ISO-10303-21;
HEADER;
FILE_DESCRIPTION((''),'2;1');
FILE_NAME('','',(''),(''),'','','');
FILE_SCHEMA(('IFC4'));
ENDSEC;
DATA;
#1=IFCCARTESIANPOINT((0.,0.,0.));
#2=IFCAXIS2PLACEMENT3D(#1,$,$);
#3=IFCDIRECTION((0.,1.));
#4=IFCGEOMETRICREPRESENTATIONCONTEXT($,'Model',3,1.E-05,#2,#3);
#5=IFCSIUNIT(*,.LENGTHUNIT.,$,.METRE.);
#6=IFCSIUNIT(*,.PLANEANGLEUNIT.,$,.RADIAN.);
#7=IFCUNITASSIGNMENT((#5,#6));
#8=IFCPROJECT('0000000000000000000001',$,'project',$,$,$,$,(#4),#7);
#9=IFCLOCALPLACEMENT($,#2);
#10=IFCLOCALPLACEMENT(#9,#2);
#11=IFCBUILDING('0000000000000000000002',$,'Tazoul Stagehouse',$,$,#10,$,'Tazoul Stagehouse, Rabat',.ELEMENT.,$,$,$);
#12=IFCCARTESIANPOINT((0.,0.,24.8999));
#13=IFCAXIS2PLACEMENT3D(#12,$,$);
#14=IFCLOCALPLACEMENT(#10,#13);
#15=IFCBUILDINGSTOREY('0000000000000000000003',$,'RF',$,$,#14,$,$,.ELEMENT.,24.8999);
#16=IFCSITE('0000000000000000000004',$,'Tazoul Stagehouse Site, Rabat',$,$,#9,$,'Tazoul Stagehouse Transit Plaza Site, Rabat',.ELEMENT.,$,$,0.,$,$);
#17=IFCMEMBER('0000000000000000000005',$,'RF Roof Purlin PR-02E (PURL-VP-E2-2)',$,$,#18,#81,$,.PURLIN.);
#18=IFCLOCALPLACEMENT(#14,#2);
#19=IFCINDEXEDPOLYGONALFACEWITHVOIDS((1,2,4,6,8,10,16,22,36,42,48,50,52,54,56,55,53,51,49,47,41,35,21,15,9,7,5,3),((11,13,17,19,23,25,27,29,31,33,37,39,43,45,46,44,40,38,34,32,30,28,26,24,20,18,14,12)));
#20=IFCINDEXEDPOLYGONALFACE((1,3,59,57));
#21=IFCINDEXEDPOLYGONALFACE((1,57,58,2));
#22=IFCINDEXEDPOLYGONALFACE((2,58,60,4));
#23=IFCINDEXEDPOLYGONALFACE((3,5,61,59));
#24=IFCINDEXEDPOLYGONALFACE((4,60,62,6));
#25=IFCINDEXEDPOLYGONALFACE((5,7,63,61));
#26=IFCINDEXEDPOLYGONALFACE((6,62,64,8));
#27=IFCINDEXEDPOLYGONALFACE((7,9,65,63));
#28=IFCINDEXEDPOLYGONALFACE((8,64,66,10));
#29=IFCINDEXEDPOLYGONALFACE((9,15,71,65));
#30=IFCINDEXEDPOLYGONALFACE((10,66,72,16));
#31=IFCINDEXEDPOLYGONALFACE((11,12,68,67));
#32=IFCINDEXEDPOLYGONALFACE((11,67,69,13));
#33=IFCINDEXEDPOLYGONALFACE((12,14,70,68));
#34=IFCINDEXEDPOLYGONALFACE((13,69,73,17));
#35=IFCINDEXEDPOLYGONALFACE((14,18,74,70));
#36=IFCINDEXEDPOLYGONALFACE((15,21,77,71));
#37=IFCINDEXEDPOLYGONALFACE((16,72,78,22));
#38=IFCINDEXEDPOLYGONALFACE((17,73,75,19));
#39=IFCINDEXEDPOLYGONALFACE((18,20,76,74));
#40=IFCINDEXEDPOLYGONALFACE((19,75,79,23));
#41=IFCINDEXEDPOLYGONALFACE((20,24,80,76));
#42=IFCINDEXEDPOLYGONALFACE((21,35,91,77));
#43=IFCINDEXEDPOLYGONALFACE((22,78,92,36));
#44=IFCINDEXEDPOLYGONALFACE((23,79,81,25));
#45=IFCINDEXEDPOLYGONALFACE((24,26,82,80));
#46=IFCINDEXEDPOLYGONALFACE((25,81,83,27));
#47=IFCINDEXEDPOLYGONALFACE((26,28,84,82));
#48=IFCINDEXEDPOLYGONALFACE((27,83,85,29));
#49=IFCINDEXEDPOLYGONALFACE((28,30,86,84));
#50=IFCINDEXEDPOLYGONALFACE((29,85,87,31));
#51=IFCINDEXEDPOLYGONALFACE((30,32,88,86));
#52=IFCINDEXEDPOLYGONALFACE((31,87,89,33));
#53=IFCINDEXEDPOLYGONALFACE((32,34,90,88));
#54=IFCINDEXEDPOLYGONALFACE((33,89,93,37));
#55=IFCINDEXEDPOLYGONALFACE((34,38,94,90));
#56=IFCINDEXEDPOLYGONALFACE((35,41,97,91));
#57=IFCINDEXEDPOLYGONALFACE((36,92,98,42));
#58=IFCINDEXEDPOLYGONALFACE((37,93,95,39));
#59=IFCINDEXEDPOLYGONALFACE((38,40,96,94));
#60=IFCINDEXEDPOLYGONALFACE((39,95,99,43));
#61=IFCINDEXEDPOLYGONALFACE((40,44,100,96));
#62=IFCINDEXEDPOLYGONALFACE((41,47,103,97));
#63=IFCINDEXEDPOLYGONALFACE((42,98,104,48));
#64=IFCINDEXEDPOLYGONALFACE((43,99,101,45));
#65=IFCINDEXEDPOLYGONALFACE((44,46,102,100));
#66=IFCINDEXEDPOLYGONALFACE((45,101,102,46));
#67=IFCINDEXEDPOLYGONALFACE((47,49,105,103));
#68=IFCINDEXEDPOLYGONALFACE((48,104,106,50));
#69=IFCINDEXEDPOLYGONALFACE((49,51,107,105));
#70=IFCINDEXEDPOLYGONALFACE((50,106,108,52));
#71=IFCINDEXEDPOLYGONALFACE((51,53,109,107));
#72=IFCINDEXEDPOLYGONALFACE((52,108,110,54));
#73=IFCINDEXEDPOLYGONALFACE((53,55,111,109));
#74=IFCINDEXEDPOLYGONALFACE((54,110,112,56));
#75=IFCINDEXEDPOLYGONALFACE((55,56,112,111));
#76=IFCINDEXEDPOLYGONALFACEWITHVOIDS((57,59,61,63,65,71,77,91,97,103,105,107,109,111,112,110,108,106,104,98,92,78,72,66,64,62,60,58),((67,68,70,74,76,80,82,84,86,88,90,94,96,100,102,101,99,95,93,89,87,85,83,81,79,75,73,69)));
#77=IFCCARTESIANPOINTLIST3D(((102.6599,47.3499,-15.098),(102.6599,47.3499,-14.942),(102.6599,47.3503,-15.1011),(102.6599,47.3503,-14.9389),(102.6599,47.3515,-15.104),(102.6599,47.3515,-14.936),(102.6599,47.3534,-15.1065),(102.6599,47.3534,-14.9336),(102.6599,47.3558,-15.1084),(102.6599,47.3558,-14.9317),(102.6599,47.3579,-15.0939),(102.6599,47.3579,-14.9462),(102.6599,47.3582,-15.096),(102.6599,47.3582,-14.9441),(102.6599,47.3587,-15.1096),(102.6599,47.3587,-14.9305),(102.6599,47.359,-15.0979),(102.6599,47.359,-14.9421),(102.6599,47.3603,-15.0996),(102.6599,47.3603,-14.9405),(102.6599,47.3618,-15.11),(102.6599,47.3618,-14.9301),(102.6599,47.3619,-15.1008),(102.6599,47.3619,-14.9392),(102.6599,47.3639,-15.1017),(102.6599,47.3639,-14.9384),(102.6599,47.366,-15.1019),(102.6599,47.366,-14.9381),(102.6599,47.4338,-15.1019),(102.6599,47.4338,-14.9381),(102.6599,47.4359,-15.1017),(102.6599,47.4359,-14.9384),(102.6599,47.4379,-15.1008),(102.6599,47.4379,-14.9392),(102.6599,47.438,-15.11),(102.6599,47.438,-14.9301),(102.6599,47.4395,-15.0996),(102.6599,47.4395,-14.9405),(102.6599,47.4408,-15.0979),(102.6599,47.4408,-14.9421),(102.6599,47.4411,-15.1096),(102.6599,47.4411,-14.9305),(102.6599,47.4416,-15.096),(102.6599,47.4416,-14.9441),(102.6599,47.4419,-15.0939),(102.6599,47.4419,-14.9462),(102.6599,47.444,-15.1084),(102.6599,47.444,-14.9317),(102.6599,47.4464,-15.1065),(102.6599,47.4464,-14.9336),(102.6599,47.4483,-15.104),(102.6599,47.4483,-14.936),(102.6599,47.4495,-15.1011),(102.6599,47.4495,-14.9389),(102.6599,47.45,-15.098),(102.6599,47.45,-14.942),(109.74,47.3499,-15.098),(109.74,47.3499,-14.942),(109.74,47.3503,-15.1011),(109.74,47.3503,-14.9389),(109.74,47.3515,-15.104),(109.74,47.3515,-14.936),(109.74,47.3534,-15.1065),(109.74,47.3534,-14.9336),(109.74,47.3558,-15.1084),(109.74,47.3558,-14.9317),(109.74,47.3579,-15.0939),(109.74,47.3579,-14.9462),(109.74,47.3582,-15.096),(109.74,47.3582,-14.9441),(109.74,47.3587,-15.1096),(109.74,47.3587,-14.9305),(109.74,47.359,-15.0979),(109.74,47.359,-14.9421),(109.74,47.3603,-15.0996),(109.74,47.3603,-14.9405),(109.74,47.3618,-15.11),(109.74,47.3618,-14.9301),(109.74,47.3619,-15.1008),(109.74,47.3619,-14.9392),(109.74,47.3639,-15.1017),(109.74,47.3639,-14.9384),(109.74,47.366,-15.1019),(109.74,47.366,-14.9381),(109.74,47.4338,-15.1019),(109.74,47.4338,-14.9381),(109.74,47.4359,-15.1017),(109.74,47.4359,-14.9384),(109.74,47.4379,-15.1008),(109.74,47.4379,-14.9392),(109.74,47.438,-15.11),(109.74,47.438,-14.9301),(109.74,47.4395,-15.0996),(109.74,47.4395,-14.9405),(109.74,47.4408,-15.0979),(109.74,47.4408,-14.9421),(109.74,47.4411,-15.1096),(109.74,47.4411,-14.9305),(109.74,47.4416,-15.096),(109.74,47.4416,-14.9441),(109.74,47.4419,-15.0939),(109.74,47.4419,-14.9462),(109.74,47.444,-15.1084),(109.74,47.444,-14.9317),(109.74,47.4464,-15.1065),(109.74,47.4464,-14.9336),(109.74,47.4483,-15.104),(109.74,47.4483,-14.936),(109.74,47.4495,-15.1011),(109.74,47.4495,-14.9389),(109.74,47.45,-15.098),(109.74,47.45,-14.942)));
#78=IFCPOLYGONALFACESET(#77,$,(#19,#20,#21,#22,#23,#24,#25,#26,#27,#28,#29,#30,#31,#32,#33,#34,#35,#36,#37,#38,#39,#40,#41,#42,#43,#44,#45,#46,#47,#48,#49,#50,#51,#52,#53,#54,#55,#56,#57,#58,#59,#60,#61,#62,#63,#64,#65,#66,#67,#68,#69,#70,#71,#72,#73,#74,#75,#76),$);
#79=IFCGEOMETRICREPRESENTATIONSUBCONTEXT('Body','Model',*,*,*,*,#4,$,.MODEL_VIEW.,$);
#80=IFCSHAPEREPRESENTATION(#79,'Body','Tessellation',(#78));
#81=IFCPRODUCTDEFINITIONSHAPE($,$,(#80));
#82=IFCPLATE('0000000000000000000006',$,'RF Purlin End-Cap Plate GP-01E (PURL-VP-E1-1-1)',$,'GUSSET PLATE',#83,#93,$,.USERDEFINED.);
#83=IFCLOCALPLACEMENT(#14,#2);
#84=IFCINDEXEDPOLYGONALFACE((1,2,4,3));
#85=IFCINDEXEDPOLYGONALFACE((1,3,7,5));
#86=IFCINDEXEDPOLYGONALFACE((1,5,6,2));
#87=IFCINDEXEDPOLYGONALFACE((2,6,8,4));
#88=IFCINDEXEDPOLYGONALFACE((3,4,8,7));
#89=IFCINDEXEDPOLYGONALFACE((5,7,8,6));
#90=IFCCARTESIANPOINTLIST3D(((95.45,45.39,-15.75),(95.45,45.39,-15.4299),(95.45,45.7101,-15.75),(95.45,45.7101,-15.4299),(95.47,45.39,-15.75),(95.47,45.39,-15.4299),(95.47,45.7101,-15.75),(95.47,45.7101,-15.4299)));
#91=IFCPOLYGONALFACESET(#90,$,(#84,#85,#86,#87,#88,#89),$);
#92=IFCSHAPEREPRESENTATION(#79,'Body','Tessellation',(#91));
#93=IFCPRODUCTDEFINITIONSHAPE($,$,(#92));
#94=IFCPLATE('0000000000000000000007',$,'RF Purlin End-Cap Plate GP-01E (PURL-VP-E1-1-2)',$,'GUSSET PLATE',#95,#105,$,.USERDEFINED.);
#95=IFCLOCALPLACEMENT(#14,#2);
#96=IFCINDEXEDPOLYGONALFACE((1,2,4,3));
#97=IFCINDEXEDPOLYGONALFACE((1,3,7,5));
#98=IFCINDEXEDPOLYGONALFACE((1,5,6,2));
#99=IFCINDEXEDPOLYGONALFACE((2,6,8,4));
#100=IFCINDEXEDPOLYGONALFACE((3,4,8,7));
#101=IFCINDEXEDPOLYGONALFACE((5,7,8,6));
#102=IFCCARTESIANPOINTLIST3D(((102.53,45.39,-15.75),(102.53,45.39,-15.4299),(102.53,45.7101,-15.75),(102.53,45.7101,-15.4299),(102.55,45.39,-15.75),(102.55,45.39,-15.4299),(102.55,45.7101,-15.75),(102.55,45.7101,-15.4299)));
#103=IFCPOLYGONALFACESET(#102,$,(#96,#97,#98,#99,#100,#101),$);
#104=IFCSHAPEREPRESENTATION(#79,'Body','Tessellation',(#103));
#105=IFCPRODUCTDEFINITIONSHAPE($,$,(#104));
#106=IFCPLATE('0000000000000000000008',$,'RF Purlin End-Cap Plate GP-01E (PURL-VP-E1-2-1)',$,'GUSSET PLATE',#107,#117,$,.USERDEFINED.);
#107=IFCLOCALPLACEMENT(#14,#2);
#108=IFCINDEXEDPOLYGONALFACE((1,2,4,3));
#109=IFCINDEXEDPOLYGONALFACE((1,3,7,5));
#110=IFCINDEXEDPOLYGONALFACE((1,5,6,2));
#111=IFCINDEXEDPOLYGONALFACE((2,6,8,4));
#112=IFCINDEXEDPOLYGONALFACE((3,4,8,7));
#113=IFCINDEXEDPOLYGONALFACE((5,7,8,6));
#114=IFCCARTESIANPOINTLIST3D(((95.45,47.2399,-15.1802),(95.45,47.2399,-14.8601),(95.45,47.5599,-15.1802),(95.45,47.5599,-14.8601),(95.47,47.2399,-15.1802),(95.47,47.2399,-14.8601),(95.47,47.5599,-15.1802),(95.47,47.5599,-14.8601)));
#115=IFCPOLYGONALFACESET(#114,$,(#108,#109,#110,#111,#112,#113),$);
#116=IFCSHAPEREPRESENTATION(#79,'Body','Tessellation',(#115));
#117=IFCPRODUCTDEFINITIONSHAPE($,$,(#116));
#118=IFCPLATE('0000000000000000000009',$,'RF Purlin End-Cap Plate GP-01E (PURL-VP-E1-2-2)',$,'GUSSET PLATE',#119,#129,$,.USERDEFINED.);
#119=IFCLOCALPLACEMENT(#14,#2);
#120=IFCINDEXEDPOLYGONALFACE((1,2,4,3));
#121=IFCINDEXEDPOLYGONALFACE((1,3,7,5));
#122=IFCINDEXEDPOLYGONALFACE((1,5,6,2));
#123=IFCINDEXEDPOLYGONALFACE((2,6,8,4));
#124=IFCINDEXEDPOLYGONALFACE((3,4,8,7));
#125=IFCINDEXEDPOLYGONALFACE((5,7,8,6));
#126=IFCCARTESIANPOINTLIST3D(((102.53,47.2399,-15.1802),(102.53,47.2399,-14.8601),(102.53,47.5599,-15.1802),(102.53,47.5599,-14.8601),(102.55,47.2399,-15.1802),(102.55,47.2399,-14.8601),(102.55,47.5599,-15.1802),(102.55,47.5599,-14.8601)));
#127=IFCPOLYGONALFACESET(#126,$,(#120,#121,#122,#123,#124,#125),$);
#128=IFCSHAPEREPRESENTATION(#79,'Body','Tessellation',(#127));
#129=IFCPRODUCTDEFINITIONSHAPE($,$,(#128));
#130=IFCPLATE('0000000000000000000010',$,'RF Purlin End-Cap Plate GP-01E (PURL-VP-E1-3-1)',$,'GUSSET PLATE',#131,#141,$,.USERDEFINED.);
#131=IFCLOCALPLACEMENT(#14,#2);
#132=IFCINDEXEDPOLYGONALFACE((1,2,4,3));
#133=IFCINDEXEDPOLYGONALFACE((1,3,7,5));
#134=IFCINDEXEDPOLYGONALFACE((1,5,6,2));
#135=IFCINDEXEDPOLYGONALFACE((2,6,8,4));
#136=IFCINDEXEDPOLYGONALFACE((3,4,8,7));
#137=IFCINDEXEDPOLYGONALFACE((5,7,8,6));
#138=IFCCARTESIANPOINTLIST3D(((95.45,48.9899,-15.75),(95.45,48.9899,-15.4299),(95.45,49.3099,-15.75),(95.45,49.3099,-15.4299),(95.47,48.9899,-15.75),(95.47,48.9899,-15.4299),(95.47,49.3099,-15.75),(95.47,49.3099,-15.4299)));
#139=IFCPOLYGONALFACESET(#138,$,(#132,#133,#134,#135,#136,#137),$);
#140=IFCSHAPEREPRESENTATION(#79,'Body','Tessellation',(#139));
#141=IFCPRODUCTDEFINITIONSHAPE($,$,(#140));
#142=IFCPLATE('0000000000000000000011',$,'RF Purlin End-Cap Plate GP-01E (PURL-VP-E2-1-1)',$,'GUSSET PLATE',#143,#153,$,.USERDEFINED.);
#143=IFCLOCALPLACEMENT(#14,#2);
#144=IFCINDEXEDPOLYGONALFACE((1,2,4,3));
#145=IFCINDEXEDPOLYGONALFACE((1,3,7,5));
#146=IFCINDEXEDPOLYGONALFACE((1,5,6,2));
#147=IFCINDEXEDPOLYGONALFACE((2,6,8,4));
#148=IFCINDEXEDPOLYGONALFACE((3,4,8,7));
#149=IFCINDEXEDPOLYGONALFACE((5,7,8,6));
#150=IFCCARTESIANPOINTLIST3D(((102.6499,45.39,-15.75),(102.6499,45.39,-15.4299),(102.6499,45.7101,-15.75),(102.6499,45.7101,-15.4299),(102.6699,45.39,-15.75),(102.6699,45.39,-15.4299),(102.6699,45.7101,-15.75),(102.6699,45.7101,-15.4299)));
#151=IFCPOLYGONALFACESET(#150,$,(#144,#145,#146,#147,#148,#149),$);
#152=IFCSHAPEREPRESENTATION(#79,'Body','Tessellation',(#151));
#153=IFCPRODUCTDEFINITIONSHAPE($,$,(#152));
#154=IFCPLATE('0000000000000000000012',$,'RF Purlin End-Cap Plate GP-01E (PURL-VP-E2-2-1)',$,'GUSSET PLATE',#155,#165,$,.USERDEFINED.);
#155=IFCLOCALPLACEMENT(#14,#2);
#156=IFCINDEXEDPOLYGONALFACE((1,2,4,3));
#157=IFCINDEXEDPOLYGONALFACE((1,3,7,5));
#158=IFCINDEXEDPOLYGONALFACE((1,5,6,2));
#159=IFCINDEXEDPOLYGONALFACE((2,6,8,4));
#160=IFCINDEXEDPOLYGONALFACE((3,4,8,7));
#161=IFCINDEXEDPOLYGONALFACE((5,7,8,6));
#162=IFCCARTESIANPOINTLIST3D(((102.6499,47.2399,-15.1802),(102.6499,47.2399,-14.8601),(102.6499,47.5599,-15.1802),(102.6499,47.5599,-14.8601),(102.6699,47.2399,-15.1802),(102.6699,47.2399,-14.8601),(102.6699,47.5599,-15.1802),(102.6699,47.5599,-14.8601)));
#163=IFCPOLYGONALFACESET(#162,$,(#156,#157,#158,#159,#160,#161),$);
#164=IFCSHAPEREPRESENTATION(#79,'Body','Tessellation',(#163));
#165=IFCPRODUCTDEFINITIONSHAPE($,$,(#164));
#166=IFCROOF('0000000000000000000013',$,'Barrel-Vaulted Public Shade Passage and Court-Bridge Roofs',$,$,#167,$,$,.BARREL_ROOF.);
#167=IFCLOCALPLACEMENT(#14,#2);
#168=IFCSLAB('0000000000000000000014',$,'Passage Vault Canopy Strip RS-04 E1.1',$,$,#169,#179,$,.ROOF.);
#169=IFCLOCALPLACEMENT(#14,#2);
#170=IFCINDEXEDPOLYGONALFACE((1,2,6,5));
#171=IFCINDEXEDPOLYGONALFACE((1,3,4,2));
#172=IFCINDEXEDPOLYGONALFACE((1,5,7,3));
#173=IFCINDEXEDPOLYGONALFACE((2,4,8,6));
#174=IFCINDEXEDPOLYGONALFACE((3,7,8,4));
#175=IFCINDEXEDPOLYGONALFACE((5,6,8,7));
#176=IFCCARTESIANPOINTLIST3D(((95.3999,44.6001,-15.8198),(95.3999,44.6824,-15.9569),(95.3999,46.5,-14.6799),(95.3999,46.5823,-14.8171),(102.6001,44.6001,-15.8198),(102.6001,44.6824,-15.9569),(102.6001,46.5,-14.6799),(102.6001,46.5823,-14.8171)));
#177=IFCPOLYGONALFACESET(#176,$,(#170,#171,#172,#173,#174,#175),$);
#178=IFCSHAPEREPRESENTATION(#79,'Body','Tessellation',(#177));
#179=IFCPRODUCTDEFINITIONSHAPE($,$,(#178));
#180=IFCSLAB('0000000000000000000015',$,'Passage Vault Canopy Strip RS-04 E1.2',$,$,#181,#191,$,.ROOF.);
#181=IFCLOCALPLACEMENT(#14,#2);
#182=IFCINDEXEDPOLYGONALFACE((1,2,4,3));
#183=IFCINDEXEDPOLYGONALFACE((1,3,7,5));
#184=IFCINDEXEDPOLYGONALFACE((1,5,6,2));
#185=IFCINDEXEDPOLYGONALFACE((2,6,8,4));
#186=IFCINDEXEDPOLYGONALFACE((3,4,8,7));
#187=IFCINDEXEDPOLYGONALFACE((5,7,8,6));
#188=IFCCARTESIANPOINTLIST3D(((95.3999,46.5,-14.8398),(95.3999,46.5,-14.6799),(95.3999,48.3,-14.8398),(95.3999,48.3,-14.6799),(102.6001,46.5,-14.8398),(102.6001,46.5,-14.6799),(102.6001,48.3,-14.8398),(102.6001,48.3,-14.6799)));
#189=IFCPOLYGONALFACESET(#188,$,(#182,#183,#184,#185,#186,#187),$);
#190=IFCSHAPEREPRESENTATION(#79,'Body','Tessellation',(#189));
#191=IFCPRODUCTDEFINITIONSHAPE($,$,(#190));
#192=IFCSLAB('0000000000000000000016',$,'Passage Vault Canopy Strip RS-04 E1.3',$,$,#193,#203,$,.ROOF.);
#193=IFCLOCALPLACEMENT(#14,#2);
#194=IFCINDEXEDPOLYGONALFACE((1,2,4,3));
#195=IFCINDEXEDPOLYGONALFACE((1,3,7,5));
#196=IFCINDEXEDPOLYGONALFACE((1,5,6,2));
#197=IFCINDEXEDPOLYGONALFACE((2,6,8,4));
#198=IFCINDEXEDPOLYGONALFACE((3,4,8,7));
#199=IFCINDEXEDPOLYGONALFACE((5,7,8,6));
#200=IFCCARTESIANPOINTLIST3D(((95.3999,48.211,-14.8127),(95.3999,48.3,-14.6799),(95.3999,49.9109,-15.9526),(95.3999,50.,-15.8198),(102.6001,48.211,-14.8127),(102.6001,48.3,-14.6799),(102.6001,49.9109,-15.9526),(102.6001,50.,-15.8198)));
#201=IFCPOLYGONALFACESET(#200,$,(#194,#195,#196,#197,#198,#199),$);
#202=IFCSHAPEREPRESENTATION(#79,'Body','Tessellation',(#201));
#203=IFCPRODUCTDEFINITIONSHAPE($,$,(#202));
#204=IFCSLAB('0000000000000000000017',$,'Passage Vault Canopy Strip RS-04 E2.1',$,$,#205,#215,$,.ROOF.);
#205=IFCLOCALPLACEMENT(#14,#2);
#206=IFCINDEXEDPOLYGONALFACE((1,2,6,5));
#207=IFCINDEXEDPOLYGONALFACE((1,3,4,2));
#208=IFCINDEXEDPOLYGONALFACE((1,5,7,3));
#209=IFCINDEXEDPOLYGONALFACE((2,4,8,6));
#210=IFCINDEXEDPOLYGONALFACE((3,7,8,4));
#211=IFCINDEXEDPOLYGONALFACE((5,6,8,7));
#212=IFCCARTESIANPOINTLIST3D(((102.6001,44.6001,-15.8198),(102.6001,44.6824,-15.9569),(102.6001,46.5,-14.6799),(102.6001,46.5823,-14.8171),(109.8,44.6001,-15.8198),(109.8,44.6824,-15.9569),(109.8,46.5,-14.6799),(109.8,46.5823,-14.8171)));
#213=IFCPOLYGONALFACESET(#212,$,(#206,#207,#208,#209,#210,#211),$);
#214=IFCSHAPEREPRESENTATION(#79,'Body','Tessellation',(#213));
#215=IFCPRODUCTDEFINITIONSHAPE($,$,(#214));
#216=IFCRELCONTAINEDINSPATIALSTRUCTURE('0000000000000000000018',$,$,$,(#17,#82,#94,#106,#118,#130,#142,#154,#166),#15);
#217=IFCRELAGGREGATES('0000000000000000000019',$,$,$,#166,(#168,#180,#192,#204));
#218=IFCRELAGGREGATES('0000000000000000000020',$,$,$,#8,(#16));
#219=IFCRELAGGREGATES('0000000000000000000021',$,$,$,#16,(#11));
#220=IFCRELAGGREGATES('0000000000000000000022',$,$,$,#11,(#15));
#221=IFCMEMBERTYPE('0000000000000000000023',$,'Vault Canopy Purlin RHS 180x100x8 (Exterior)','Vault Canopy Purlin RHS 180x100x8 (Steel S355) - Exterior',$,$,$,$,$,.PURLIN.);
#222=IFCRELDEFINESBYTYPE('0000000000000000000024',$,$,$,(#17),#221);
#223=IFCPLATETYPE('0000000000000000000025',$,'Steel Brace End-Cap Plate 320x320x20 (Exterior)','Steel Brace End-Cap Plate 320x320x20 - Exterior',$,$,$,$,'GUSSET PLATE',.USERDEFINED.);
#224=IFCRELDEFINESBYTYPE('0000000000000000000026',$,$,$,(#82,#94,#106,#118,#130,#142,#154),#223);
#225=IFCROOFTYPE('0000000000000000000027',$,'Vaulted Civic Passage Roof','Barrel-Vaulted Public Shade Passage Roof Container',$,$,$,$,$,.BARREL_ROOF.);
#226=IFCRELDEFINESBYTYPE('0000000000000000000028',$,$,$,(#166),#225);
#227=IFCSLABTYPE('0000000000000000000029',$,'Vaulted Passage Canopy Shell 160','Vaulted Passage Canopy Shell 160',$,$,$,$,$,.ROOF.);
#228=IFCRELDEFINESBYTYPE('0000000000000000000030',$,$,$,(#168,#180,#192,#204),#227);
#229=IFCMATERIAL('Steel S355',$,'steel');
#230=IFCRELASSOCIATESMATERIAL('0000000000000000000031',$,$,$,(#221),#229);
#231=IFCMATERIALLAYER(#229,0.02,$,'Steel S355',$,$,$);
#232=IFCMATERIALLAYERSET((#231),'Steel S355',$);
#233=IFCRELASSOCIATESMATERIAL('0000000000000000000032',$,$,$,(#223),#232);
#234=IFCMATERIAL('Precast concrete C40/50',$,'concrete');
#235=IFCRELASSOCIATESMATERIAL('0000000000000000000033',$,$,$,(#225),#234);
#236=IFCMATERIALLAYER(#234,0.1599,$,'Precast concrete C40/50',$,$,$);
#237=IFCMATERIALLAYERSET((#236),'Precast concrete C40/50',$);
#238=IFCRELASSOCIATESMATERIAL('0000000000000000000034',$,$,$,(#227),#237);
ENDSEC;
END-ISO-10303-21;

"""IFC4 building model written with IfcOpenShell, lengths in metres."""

from ifc_helpers import new_model, si_unit, direction, frame, origin, origin_2d, place, context, subcontext, project, spatial, polyline, rectangle, hollow_rectangle, outline, extrude, material, layer, layer_set, material_profile, profile_set, type_object, element, aggregate, save


model = new_model("IFC4")

# Units and contexts
model_context = context("Model", 3, precision=1e-05, world=origin(), true_north=direction((0.0, 1.0)))
body_context = subcontext(model_context, "Body", "Model", "MODEL_VIEW")
ifc_project = project(units=[si_unit("LENGTHUNIT", "METRE"), si_unit("PLANEANGLEUNIT", "RADIAN")], contexts=[model_context])

# Site, building, storey
site_placement = place(None, origin())
site = spatial("IfcSite", under=ifc_project, at=site_placement, Name="Tazoul Stagehouse Site, Rabat", LongName="Tazoul Stagehouse Transit Plaza Site, Rabat", CompositionType="ELEMENT", RefElevation=0.0)
building_placement = place(site_placement, origin())
building = spatial("IfcBuilding", under=site, at=building_placement, Name="Tazoul Stagehouse", LongName="Tazoul Stagehouse, Rabat", CompositionType="ELEMENT")
storey_placement = place(building_placement, frame((0.0, 0.0, 24.8999)))
storey = spatial("IfcBuildingStorey", under=building, at=storey_placement, Name="RF", CompositionType="ELEMENT", Elevation=24.8999)

# Shared definitions
ifc_material_1 = material(Name="Steel S355", Category="steel")

# Member
ifc_material_profile_1 = material_profile(ifc_material_1, hollow_rectangle(XDim=0.1001, YDim=0.1799, WallThickness=0.0081, InnerFilletRadius=0.0081, OuterFilletRadius=0.012, at=origin_2d()), Name="RHS 180x100x8")
ifc_profile_set_1 = profile_set([ifc_material_profile_1], Name="Steel S355")
member_type = type_object("IfcMemberType", Name="Vault Canopy Purlin RHS 180x100x8 (Exterior)", Description="Vault Canopy Purlin RHS 180x100x8 (Steel S355) - Exterior", PredefinedType="PURLIN", material=ifc_profile_set_1)
for number, where, z_axis, x_axis, name in (
    (1, (102.6599, 47.3999, -15.02), (1.0, 0.0, 0.0), (0.0, 1.0, 0.0), "RF Roof Purlin PR-02E (PURL-VP-E2-2)"),
):
    element("IfcMember", number, at=place(storey_placement, frame(where, z_axis=z_axis, x_axis=x_axis)), inside=storey, type_object=member_type, Name=name, PredefinedType="PURLIN", context=body_context, shape_type="SweptSolid", body=[
        extrude(hollow_rectangle(XDim=0.1001, YDim=0.1799, WallThickness=0.0081, InnerFilletRadius=0.0081, OuterFilletRadius=0.012, at=origin_2d()), origin(), (0.0, 0.0, 1.0), 7.0801),
    ])

# Plates
ifc_layer_1 = layer(ifc_material_1, 0.02, Name="Steel S355")
ifc_layer_set_1 = layer_set([ifc_layer_1], Name="Steel S355")
plate_type = type_object("IfcPlateType", Name="Steel Brace End-Cap Plate 320x320x20 (Exterior)", Description="Steel Brace End-Cap Plate 320x320x20 - Exterior", ElementType="GUSSET PLATE", PredefinedType="USERDEFINED", material=ifc_layer_set_1)
for number, where, z_axis, x_axis, name in (
    (2, (95.46, 45.55, -15.75), (0.0, 0.0, 1.0), (1.0, 0.0, 0.0), "RF Purlin End-Cap Plate GP-01E (PURL-VP-E1-1-1)"),
    (3, (102.54, 45.55, -15.75), (0.0, 0.0, 1.0), (1.0, 0.0, 0.0), "RF Purlin End-Cap Plate GP-01E (PURL-VP-E1-1-2)"),
    (4, (95.46, 47.3999, -15.1802), (0.0, 0.0, 1.0), (1.0, 0.0, 0.0), "RF Purlin End-Cap Plate GP-01E (PURL-VP-E1-2-1)"),
    (5, (102.54, 47.3999, -15.1802), (0.0, 0.0, 1.0), (1.0, 0.0, 0.0), "RF Purlin End-Cap Plate GP-01E (PURL-VP-E1-2-2)"),
    (6, (95.46, 49.1499, -15.75), (0.0, 0.0, 1.0), (1.0, 0.0, 0.0), "RF Purlin End-Cap Plate GP-01E (PURL-VP-E1-3-1)"),
    (7, (102.6599, 45.55, -15.75), (0.0, 0.0, 1.0), (1.0, 0.0, 0.0), "RF Purlin End-Cap Plate GP-01E (PURL-VP-E2-1-1)"),
    (8, (102.6599, 47.3999, -15.1802), (0.0, 0.0, 1.0), (1.0, 0.0, 0.0), "RF Purlin End-Cap Plate GP-01E (PURL-VP-E2-2-1)"),
):
    element("IfcPlate", number, at=place(storey_placement, frame(where, z_axis=z_axis, x_axis=x_axis)), inside=storey, type_object=plate_type, Name=name, ObjectType="GUSSET PLATE", PredefinedType="USERDEFINED", context=body_context, shape_type="SweptSolid", body=[
        extrude(rectangle(XDim=0.02, YDim=0.3201, at=origin_2d()), origin(), (0.0, 0.0, 1.0), 0.3201),
    ])

# Roof, slabs
ifc_material_2 = material(Name="Precast concrete C40/50", Category="concrete")
roof_type = type_object("IfcRoofType", Name="Vaulted Civic Passage Roof", Description="Barrel-Vaulted Public Shade Passage Roof Container", PredefinedType="BARREL_ROOF", material=ifc_material_2)
roof_placement = place(storey_placement, origin())
roof = element("IfcRoof", 9, at=roof_placement, inside=storey, type_object=roof_type, Name="Barrel-Vaulted Public Shade Passage and Court-Bridge Roofs", PredefinedType="BARREL_ROOF")
ifc_layer_2 = layer(ifc_material_2, 0.1599, Name="Precast concrete C40/50")
ifc_layer_set_2 = layer_set([ifc_layer_2], Name="Precast concrete C40/50")
slab_type = type_object("IfcSlabType", Name="Vaulted Passage Canopy Shell 160", Description="Vaulted Passage Canopy Shell 160", PredefinedType="ROOF", material=ifc_layer_set_2)
slab_1_placement = place(storey_placement, frame((95.3999, 44.6001, -15.8198), z_axis=(0.0, -0.51448, 0.857503), x_axis=(1.0, 0.0, 0.0)))
slab_1 = element("IfcSlab", 10, at=slab_1_placement, type_object=slab_type, Name="Passage Vault Canopy Strip RS-04 E1.1", PredefinedType="ROOF", context=body_context, shape_type="SweptSolid", body=[
    extrude(outline(polyline([(0.0, 0.0), (7.2002, 0.0), (7.2002, 2.2156), (0.0, 2.2156), (0.0, 0.0)])), origin(), (0.0, 0.0, -1.0), 0.1599),
])
slab_2_placement = place(storey_placement, frame((95.3999, 46.5, -14.6799), z_axis=(0.0, 0.0, 1.0), x_axis=(1.0, 0.0, 0.0)))
slab_2 = element("IfcSlab", 11, at=slab_2_placement, type_object=slab_type, Name="Passage Vault Canopy Strip RS-04 E1.2", PredefinedType="ROOF", context=body_context, shape_type="SweptSolid", body=[
    extrude(outline(polyline([(0.0, 0.0), (7.2002, 0.0), (7.2002, 1.8), (0.0, 1.8), (0.0, 0.0)])), origin(), (0.0, 0.0, -1.0), 0.1599),
])
slab_3_placement = place(storey_placement, frame((95.3999, 48.3, -14.6799), z_axis=(0.0, 0.556928, 0.830561), x_axis=(1.0, 0.0, 0.0)))
slab_3 = element("IfcSlab", 12, at=slab_3_placement, type_object=slab_type, Name="Passage Vault Canopy Strip RS-04 E1.3", PredefinedType="ROOF", context=body_context, shape_type="SweptSolid", body=[
    extrude(outline(polyline([(0.0, 0.0), (7.2002, 0.0), (7.2002, 2.0468), (0.0, 2.0468), (0.0, 0.0)])), origin(), (0.0, 0.0, -1.0), 0.1599),
])
slab_4_placement = place(storey_placement, frame((102.6001, 44.6001, -15.8198), z_axis=(0.0, -0.51448, 0.857503), x_axis=(1.0, 0.0, 0.0)))
slab_4 = element("IfcSlab", 13, at=slab_4_placement, type_object=slab_type, Name="Passage Vault Canopy Strip RS-04 E2.1", PredefinedType="ROOF", context=body_context, shape_type="SweptSolid", body=[
    extrude(outline(polyline([(0.0, 0.0), (7.2, 0.0), (7.2, 2.2156), (0.0, 2.2156), (0.0, 0.0)])), origin(), (0.0, 0.0, -1.0), 0.1599),
])
aggregate(roof, [slab_1, slab_2, slab_3, slab_4])

save(model, "model.ifc")
